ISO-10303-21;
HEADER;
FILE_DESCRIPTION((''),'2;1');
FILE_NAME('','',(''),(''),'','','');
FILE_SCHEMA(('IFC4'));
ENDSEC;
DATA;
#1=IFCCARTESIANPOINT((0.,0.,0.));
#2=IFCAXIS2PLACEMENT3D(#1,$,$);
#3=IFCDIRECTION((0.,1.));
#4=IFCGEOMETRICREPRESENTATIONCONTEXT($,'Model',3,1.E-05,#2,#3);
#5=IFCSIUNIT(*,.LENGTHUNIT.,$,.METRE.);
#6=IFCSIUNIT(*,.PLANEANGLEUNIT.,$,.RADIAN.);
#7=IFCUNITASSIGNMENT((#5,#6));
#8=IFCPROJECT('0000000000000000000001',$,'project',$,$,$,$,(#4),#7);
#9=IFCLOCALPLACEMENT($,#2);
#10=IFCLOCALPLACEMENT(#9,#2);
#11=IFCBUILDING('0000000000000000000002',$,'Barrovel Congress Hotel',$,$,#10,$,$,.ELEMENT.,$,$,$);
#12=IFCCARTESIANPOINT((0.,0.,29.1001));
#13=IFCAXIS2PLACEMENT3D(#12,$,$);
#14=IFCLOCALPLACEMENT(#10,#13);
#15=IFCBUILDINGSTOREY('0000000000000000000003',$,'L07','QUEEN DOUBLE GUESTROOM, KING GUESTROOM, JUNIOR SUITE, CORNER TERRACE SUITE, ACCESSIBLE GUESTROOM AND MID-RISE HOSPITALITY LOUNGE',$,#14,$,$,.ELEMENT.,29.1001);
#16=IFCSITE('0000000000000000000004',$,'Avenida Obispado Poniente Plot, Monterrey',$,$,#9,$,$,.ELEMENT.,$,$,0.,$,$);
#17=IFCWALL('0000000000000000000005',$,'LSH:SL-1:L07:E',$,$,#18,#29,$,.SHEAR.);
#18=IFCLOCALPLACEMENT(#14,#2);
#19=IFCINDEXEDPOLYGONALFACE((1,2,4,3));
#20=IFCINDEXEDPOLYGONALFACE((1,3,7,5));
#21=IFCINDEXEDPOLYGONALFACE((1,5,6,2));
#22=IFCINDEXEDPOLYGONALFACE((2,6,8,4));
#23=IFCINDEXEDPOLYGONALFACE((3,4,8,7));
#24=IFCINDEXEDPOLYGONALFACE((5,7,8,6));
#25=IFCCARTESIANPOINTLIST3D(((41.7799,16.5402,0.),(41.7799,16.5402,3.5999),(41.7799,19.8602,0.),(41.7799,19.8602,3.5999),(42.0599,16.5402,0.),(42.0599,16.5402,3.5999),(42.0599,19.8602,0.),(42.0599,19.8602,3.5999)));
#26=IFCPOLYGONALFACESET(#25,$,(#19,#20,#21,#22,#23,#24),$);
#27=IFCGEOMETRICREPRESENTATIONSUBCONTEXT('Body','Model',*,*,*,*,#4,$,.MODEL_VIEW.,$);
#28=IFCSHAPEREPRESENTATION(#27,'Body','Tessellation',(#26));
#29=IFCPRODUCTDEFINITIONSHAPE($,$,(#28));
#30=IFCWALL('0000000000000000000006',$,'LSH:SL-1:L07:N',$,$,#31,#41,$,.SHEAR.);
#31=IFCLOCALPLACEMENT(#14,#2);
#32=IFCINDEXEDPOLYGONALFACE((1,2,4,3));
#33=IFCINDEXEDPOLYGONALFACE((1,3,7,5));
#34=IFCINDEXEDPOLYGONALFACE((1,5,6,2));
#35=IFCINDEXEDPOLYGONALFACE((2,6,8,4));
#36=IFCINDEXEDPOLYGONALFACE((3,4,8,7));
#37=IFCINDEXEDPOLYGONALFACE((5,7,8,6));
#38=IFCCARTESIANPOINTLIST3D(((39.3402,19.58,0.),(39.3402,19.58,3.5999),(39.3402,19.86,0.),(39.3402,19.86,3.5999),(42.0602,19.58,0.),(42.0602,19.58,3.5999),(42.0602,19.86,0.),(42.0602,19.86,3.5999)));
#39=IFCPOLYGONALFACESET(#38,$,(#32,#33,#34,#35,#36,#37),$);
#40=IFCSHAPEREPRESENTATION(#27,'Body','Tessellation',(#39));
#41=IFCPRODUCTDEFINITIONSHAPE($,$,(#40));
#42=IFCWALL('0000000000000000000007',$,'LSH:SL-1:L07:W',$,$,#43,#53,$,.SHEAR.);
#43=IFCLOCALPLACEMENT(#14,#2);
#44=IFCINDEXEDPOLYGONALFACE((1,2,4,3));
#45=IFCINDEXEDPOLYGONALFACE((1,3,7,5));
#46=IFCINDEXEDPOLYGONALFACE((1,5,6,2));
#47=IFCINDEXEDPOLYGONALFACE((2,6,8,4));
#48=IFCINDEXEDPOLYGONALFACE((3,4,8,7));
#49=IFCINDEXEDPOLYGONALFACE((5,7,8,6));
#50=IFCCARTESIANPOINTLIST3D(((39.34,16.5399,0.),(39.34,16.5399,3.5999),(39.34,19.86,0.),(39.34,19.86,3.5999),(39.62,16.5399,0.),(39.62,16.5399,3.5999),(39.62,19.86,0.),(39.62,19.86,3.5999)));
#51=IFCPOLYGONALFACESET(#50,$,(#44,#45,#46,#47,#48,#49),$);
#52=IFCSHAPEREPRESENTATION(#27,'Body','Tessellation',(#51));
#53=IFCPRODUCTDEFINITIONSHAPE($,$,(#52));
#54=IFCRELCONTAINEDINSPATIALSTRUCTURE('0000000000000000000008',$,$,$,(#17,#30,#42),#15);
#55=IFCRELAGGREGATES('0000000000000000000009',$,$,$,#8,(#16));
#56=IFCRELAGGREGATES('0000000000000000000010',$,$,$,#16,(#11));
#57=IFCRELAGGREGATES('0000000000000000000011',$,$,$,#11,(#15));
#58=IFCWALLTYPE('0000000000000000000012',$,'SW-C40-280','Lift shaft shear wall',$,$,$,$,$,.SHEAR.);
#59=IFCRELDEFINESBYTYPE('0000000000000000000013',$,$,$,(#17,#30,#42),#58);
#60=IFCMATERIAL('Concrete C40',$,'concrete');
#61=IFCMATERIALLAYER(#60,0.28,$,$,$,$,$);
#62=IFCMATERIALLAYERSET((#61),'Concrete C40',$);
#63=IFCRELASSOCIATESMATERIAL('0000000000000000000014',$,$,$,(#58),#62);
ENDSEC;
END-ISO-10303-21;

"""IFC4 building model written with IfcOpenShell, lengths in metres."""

from ifc_helpers import new_model, si_unit, direction, frame, frame_2d, origin, place, context, subcontext, project, spatial, rectangle, extrude, material, layer, layer_set, type_object, element, save


model = new_model("IFC4")

# Units and contexts
model_context = context("Model", 3, precision=1e-05, world=origin(), true_north=direction((0.0, 1.0)))
body_context = subcontext(model_context, "Body", "Model", "MODEL_VIEW")
ifc_project = project(units=[si_unit("LENGTHUNIT", "METRE"), si_unit("PLANEANGLEUNIT", "RADIAN")], contexts=[model_context])

# Site, building, storey
site_placement = place(None, origin())
site = spatial("IfcSite", under=ifc_project, at=site_placement, Name="Avenida Obispado Poniente Plot, Monterrey", CompositionType="ELEMENT", RefElevation=0.0)
building_placement = place(site_placement, origin())
building = spatial("IfcBuilding", under=site, at=building_placement, Name="Barrovel Congress Hotel", CompositionType="ELEMENT")
storey_placement = place(building_placement, frame((0.0, 0.0, 29.1001)))
storey = spatial("IfcBuildingStorey", under=building, at=storey_placement, Name="L07", Description="QUEEN DOUBLE GUESTROOM, KING GUESTROOM, JUNIOR SUITE, CORNER TERRACE SUITE, ACCESSIBLE GUESTROOM AND MID-RISE HOSPITALITY LOUNGE", CompositionType="ELEMENT", Elevation=29.1001)

# Shared definitions
ifc_material_1 = material(Name="Concrete C40", Category="concrete")

# Shared definitions
ifc_layer_1 = layer(ifc_material_1, 0.28)
ifc_layer_set_1 = layer_set([ifc_layer_1], Name="Concrete C40")
wall_type_1 = type_object("IfcWallType", Name="SW-C40-280", Description="Lift shaft shear wall", PredefinedType="SHEAR", material=ifc_layer_set_1)

# Walls
wall_1_placement = place(storey_placement, frame((41.9199, 16.54, 0.0), z_axis=(0.0, 0.0, 1.0), x_axis=(0.0, 1.0, 0.0)))
element("IfcWall", 1, at=wall_1_placement, inside=storey, type_object=wall_type_1, Name="LSH:SL-1:L07:E", PredefinedType="SHEAR", context=body_context, shape_type="SweptSolid", body=[
    extrude(rectangle(XDim=3.3201, YDim=0.28, at=frame_2d((1.6602, 0.0))), origin(), (0.0, 0.0, 1.0), 3.5999),
])
wall_2_placement = place(storey_placement, frame((42.0601, 19.72, 0.0), z_axis=(0.0, 0.0, 1.0), x_axis=(-1.0, 0.0, 0.0)))
element("IfcWall", 2, at=wall_2_placement, inside=storey, type_object=wall_type_1, Name="LSH:SL-1:L07:N", PredefinedType="SHEAR", context=body_context, shape_type="SweptSolid", body=[
    extrude(rectangle(XDim=2.72, YDim=0.28, at=frame_2d((1.3599, 0.0))), origin(), (0.0, 0.0, 1.0), 3.5999),
])
wall_3_placement = place(storey_placement, frame((39.48, 19.8601, 0.0), z_axis=(0.0, 0.0, 1.0), x_axis=(0.0, -1.0, 0.0)))
element("IfcWall", 3, at=wall_3_placement, inside=storey, type_object=wall_type_1, Name="LSH:SL-1:L07:W", PredefinedType="SHEAR", context=body_context, shape_type="SweptSolid", body=[
    extrude(rectangle(XDim=3.3201, YDim=0.28, at=frame_2d((1.6602, 0.0))), origin(), (0.0, 0.0, 1.0), 3.5999),
])

save(model, "model.ifc")
